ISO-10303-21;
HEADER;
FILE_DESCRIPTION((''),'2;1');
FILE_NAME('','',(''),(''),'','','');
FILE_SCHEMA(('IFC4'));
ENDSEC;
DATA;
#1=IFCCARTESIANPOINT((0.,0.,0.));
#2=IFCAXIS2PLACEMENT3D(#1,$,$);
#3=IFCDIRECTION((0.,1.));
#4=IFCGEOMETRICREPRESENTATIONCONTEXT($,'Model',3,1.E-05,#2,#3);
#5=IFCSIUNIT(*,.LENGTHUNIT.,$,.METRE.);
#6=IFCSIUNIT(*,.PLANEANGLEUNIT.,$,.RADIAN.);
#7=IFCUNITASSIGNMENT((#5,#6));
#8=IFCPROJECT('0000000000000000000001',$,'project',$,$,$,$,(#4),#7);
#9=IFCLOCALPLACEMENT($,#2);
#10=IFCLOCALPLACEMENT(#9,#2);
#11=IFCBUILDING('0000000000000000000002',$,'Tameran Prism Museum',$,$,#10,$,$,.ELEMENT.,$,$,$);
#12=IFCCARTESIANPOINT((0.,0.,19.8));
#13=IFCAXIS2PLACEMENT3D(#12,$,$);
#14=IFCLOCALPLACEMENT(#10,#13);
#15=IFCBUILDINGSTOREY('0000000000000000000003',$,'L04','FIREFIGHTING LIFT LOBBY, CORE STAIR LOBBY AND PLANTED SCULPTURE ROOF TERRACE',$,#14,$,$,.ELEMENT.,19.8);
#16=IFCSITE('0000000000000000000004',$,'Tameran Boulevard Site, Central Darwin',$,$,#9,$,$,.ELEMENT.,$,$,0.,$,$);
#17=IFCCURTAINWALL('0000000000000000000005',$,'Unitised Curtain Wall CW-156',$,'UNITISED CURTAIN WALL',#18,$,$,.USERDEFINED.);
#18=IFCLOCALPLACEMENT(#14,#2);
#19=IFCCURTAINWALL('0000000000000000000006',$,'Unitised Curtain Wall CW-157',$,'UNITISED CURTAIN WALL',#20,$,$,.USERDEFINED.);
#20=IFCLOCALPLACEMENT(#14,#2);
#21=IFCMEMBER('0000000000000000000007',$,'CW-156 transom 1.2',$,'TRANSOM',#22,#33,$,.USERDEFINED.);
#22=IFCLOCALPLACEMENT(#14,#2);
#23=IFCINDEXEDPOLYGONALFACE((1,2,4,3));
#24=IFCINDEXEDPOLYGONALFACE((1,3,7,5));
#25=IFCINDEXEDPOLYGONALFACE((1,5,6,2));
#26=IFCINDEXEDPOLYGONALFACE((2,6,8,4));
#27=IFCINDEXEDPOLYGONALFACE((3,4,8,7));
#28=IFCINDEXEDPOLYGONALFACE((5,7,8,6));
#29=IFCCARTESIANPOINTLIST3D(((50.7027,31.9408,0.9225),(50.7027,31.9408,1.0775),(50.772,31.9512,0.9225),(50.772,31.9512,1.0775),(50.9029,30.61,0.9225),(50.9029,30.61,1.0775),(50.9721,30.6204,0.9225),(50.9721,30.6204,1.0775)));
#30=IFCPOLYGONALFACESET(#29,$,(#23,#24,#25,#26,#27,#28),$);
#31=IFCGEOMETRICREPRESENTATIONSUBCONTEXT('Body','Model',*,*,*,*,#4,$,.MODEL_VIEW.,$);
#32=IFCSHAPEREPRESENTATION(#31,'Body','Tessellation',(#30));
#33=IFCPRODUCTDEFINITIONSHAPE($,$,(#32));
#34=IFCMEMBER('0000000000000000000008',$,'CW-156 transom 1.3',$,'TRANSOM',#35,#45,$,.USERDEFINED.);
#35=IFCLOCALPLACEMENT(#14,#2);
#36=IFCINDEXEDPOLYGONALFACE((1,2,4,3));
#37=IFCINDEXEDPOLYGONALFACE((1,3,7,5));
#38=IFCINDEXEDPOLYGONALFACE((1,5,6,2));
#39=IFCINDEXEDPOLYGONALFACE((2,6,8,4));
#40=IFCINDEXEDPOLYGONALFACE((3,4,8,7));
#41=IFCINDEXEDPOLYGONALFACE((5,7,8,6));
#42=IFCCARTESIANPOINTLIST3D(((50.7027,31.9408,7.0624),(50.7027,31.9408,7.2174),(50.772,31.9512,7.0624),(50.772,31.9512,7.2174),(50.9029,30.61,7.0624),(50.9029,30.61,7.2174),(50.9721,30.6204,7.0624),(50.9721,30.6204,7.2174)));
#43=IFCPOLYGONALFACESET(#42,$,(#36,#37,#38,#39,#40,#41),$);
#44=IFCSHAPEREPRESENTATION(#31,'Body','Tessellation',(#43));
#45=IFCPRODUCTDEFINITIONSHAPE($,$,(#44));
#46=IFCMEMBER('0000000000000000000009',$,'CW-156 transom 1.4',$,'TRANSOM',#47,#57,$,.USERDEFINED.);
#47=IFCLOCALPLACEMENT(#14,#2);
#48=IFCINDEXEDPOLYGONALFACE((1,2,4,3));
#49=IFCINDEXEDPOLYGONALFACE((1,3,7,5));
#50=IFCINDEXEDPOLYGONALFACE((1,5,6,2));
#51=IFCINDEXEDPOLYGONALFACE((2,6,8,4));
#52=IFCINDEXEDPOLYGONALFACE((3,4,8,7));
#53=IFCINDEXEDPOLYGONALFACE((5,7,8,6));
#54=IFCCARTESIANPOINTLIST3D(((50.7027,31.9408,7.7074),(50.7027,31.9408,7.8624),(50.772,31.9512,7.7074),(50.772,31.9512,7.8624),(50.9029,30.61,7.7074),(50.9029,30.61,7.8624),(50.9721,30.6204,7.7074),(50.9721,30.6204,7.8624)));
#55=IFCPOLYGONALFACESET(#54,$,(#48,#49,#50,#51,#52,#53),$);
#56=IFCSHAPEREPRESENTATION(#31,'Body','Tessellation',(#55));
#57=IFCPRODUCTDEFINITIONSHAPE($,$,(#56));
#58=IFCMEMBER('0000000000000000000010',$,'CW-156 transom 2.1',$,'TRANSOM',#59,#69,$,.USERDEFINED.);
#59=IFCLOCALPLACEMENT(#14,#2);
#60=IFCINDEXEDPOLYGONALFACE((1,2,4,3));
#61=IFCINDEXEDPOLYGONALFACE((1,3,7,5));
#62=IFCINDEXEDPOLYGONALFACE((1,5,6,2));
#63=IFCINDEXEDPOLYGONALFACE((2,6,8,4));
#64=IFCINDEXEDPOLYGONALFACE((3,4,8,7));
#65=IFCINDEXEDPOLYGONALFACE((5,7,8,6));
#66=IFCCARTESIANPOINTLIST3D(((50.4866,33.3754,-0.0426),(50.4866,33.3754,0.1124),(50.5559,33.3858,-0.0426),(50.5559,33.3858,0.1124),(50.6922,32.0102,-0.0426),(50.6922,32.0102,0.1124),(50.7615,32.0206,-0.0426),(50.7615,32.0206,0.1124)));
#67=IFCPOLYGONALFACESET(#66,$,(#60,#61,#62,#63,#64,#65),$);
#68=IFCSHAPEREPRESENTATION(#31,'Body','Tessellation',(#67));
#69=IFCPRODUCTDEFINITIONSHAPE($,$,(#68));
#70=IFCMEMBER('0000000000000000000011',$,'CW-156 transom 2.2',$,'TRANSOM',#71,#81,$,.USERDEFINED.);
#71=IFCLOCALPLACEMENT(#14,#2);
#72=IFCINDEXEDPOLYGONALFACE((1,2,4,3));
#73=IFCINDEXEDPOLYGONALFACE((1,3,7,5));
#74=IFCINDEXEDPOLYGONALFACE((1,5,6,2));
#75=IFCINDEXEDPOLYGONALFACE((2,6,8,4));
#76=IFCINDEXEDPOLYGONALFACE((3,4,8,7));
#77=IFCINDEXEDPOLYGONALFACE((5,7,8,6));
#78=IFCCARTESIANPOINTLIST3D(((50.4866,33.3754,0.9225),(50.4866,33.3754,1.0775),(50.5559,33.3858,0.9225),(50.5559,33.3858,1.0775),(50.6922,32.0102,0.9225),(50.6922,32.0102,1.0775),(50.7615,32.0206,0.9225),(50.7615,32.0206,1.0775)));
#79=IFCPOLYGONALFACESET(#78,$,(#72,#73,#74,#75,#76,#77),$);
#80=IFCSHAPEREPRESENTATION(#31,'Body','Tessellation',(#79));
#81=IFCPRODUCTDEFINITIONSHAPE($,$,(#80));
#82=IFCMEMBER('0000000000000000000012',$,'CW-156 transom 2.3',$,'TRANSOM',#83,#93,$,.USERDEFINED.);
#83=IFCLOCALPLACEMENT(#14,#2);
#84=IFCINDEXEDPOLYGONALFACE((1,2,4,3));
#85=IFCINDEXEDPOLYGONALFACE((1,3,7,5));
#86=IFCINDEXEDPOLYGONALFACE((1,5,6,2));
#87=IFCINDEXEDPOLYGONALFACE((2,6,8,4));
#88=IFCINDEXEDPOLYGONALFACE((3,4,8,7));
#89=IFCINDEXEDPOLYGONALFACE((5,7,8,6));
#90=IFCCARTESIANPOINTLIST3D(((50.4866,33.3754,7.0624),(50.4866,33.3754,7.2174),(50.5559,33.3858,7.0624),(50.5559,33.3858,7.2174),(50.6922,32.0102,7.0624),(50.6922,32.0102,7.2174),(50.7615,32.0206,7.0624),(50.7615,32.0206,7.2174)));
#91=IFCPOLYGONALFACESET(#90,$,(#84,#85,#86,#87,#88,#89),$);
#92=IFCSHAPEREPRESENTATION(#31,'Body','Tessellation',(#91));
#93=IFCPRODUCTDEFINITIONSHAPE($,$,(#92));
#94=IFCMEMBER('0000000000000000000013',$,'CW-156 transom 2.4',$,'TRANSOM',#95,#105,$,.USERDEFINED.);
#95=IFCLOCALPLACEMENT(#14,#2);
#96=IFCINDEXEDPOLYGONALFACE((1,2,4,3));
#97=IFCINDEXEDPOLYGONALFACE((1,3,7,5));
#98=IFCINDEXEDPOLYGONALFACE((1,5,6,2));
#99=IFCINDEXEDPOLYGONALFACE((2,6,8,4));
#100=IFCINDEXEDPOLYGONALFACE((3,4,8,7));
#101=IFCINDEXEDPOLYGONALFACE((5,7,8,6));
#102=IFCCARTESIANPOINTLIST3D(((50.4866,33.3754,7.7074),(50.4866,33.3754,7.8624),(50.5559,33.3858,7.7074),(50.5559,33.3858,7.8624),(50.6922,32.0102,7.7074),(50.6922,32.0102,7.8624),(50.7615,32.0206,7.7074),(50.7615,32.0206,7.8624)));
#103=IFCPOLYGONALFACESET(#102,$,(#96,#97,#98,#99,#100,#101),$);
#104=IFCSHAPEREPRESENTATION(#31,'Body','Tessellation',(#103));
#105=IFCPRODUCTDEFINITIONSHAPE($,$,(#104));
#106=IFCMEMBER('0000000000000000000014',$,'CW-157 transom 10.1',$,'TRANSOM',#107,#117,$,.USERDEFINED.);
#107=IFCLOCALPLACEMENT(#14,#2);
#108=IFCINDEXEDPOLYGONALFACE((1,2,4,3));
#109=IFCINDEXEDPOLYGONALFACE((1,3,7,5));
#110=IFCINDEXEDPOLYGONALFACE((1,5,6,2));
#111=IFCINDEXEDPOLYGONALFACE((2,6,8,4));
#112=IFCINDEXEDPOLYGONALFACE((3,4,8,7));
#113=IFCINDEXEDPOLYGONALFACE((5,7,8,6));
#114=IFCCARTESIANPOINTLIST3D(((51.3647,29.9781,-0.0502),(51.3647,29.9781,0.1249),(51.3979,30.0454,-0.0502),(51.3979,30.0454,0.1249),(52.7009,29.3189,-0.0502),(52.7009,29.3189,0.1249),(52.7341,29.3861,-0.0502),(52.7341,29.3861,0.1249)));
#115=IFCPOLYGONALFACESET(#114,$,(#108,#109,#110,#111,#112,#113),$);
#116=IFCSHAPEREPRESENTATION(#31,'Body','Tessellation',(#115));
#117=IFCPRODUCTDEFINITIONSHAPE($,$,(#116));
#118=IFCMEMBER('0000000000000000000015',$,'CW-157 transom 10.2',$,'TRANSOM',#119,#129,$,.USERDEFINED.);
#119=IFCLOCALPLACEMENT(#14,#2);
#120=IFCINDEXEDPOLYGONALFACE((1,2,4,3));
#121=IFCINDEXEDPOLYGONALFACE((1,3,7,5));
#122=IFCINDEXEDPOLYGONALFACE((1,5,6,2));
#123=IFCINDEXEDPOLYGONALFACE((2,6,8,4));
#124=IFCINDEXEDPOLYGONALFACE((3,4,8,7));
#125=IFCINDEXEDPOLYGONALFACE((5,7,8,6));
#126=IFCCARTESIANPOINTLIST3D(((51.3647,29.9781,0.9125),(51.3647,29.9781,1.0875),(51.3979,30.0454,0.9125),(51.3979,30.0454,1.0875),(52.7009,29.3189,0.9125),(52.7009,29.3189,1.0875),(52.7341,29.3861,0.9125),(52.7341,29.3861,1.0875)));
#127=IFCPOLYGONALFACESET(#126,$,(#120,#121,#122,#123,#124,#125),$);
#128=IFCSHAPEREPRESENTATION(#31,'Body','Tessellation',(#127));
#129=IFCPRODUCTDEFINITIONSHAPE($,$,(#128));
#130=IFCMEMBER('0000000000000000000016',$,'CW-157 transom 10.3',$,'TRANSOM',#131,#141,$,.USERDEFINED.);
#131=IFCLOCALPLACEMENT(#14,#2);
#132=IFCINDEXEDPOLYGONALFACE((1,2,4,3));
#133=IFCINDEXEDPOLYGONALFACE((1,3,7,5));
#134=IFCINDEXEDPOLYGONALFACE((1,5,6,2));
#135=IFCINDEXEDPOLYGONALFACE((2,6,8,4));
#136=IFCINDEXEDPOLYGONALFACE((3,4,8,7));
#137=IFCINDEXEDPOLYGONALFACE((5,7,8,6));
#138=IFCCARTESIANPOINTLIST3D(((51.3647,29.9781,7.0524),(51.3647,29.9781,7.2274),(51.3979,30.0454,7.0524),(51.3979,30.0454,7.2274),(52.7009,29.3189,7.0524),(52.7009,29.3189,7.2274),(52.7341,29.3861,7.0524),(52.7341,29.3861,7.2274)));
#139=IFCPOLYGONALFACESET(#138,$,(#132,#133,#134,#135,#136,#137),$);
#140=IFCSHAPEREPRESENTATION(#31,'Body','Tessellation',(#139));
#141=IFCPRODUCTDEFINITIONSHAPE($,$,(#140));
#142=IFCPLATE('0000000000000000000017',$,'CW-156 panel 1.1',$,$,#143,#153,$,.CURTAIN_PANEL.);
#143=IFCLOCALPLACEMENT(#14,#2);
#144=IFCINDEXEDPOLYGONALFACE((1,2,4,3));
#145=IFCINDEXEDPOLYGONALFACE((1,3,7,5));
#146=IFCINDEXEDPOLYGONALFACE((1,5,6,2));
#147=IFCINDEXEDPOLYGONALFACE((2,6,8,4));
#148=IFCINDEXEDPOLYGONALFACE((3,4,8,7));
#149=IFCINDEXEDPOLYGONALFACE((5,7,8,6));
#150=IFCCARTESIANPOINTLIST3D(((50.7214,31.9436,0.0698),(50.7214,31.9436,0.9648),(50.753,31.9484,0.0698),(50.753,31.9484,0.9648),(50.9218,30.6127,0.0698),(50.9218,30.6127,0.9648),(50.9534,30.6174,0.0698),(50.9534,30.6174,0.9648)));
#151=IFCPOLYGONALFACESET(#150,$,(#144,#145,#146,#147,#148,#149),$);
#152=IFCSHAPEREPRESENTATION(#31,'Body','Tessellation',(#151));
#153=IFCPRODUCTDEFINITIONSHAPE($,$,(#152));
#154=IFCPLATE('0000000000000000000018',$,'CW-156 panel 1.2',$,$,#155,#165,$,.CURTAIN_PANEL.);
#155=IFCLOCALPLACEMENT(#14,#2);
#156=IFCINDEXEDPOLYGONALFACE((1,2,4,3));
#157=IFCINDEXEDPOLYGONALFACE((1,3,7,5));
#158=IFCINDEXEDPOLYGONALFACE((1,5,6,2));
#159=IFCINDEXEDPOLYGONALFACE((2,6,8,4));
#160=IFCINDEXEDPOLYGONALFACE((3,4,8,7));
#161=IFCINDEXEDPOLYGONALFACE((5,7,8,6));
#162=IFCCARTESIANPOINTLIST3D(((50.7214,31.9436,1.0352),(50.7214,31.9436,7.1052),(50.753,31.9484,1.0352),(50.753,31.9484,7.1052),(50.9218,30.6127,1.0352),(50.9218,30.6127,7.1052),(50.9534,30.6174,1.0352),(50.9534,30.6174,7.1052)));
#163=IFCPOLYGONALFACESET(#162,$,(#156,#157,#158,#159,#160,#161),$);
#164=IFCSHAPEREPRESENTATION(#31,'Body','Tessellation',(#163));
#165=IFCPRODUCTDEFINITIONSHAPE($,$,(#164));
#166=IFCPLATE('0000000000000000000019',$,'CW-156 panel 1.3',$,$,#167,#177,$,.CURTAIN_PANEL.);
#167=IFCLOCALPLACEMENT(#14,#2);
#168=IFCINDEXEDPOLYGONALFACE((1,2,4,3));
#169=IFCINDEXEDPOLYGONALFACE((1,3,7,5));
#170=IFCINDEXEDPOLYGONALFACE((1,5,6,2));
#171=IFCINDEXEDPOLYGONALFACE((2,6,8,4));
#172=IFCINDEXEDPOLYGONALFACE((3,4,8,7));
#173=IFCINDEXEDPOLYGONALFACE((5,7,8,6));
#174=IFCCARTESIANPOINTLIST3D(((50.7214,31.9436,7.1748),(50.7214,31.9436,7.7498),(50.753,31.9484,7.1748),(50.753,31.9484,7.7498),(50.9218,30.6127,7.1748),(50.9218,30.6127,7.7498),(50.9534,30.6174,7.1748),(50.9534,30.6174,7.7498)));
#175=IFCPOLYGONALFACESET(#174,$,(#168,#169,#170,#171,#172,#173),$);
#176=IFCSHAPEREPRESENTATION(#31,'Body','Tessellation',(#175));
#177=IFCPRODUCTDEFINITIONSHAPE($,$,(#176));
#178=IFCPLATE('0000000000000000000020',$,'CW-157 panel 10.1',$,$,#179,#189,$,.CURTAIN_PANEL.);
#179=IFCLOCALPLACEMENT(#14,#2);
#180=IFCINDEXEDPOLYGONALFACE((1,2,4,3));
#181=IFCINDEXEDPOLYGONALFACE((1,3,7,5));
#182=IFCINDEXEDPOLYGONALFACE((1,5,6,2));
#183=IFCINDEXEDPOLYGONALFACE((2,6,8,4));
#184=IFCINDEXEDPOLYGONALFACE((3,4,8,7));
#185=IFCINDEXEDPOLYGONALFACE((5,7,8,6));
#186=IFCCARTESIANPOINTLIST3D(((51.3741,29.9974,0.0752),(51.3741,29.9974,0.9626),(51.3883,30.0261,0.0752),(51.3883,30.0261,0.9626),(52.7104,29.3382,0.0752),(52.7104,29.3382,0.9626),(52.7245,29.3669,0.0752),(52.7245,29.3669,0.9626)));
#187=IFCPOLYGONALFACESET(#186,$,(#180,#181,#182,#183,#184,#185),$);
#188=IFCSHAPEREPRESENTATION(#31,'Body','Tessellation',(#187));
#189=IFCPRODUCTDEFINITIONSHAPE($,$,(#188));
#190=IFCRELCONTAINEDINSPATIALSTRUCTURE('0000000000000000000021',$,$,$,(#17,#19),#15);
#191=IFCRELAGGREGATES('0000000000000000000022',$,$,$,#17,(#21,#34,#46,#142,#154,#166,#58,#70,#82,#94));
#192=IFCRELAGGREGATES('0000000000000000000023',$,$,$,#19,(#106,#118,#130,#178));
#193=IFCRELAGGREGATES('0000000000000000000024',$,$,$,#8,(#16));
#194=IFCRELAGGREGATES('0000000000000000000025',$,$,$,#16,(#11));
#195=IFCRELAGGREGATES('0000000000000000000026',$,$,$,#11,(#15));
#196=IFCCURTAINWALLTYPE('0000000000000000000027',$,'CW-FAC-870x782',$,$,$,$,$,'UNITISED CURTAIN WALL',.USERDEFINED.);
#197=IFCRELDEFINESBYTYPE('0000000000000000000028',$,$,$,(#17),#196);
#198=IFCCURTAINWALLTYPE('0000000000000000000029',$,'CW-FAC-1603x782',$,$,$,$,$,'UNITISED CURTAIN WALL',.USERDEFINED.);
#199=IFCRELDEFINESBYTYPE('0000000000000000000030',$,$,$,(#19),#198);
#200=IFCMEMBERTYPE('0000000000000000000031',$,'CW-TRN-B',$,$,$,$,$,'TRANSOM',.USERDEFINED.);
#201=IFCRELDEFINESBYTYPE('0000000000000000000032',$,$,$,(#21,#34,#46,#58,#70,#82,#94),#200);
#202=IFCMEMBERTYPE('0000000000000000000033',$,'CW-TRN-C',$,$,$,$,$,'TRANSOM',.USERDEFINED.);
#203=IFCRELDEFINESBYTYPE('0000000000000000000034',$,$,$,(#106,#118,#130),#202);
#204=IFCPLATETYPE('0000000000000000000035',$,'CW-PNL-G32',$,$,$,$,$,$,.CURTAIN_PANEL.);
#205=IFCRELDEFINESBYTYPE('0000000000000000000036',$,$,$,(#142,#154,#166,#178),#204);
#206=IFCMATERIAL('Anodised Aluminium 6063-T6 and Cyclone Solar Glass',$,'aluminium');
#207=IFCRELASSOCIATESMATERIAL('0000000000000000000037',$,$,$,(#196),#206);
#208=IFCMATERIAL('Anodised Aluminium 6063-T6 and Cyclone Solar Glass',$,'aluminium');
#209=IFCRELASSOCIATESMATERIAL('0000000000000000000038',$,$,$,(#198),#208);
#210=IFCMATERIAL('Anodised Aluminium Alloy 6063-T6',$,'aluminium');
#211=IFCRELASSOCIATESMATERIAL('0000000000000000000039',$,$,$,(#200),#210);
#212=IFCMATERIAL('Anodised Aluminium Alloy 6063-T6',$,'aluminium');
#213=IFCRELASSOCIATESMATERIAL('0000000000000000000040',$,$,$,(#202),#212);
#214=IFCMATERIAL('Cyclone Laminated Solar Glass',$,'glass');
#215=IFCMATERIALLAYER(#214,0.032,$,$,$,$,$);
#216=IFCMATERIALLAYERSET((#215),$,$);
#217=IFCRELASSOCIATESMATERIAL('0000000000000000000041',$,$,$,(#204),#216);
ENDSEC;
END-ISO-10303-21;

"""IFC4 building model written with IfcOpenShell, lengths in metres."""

from ifc_helpers import new_model, si_unit, direction, frame, origin, origin_2d, place, context, subcontext, project, spatial, rectangle, extrude, material, layer, layer_set, material_profile, profile_set, type_object, element, aggregate, save


model = new_model("IFC4")

# Units and contexts
model_context = context("Model", 3, precision=1e-05, world=origin(), true_north=direction((0.0, 1.0)))
body_context = subcontext(model_context, "Body", "Model", "MODEL_VIEW")
ifc_project = project(units=[si_unit("LENGTHUNIT", "METRE"), si_unit("PLANEANGLEUNIT", "RADIAN")], contexts=[model_context])

# Site, building, storey
site_placement = place(None, origin())
site = spatial("IfcSite", under=ifc_project, at=site_placement, Name="Tameran Boulevard Site, Central Darwin", CompositionType="ELEMENT", RefElevation=0.0)
building_placement = place(site_placement, origin())
building = spatial("IfcBuilding", under=site, at=building_placement, Name="Tameran Prism Museum", CompositionType="ELEMENT")
storey_placement = place(building_placement, frame((0.0, 0.0, 19.8)))
storey = spatial("IfcBuildingStorey", under=building, at=storey_placement, Name="L04", Description="FIREFIGHTING LIFT LOBBY, CORE STAIR LOBBY AND PLANTED SCULPTURE ROOF TERRACE", CompositionType="ELEMENT", Elevation=19.8)

# Curtain wall
ifc_material_1 = material(Name="Anodised Aluminium 6063-T6 and Cyclone Solar Glass", Category="aluminium")
curtain_wall_type_1 = type_object("IfcCurtainWallType", Name="CW-FAC-870x782", ElementType="UNITISED CURTAIN WALL", PredefinedType="USERDEFINED", material=ifc_material_1)
curtain_wall_1_placement = place(storey_placement, origin())
curtain_wall_1 = element("IfcCurtainWall", 1, at=curtain_wall_1_placement, inside=storey, type_object=curtain_wall_type_1, Name="Unitised Curtain Wall CW-156", ObjectType="UNITISED CURTAIN WALL", PredefinedType="USERDEFINED")

# Curtain wall
ifc_material_2 = material(Name="Anodised Aluminium 6063-T6 and Cyclone Solar Glass", Category="aluminium")
curtain_wall_type_2 = type_object("IfcCurtainWallType", Name="CW-FAC-1603x782", ElementType="UNITISED CURTAIN WALL", PredefinedType="USERDEFINED", material=ifc_material_2)
curtain_wall_2_placement = place(storey_placement, origin())
curtain_wall_2 = element("IfcCurtainWall", 2, at=curtain_wall_2_placement, inside=storey, type_object=curtain_wall_type_2, Name="Unitised Curtain Wall CW-157", ObjectType="UNITISED CURTAIN WALL", PredefinedType="USERDEFINED")

# Members
ifc_material_3 = material(Name="Anodised Aluminium Alloy 6063-T6", Category="aluminium")
ifc_material_profile_1 = material_profile(ifc_material_3, rectangle(XDim=0.0701, YDim=0.155, at=origin_2d()))
ifc_profile_set_1 = profile_set([ifc_material_profile_1])
member_type_1 = type_object("IfcMemberType", Name="CW-TRN-B", ElementType="TRANSOM", PredefinedType="USERDEFINED", material=ifc_profile_set_1)
member_1_placement = place(storey_placement, frame((50.9375, 30.6152, 1.0), z_axis=(-0.148757, 0.988874, 0.0), x_axis=(-0.988874, -0.148757, 0.0)))
member_1 = element("IfcMember", 3, at=member_1_placement, type_object=member_type_1, Name="CW-156 transom 1.2", ObjectType="TRANSOM", PredefinedType="USERDEFINED", context=body_context, shape_type="SweptSolid", body=[
    extrude(rectangle(XDim=0.0701, YDim=0.155, at=origin_2d()), origin(), (0.0, 0.0, 1.0), 1.3457),
])
member_2_placement = place(storey_placement, frame((50.9375, 30.6152, 7.1399), z_axis=(-0.148757, 0.988874, 0.0), x_axis=(-0.988874, -0.148757, 0.0)))
member_2 = element("IfcMember", 4, at=member_2_placement, type_object=member_type_1, Name="CW-156 transom 1.3", ObjectType="TRANSOM", PredefinedType="USERDEFINED", context=body_context, shape_type="SweptSolid", body=[
    extrude(rectangle(XDim=0.0701, YDim=0.155, at=origin_2d()), origin(), (0.0, 0.0, 1.0), 1.3457),
])
member_3_placement = place(storey_placement, frame((50.9375, 30.6152, 7.7849), z_axis=(-0.148757, 0.988874, 0.0), x_axis=(-0.988874, -0.148757, 0.0)))
member_3 = element("IfcMember", 5, at=member_3_placement, type_object=member_type_1, Name="CW-156 transom 1.4", ObjectType="TRANSOM", PredefinedType="USERDEFINED", context=body_context, shape_type="SweptSolid", body=[
    extrude(rectangle(XDim=0.0701, YDim=0.155, at=origin_2d()), origin(), (0.0, 0.0, 1.0), 1.3457),
])
member_4_placement = place(storey_placement, frame((50.7268, 32.0154, 0.0349), z_axis=(-0.148894, 0.988853, 0.0), x_axis=(-0.988853, -0.148894, 0.0)))
member_4 = element("IfcMember", 6, at=member_4_placement, type_object=member_type_1, Name="CW-156 transom 2.1", ObjectType="TRANSOM", PredefinedType="USERDEFINED", context=body_context, shape_type="SweptSolid", body=[
    extrude(rectangle(XDim=0.0701, YDim=0.155, at=origin_2d()), origin(), (0.0, 0.0, 1.0), 1.3806),
])
member_5_placement = place(storey_placement, frame((50.7268, 32.0154, 1.0), z_axis=(-0.148894, 0.988853, 0.0), x_axis=(-0.988853, -0.148894, 0.0)))
member_5 = element("IfcMember", 7, at=member_5_placement, type_object=member_type_1, Name="CW-156 transom 2.2", ObjectType="TRANSOM", PredefinedType="USERDEFINED", context=body_context, shape_type="SweptSolid", body=[
    extrude(rectangle(XDim=0.0701, YDim=0.155, at=origin_2d()), origin(), (0.0, 0.0, 1.0), 1.3806),
])
member_6_placement = place(storey_placement, frame((50.7268, 32.0154, 7.1399), z_axis=(-0.148894, 0.988853, 0.0), x_axis=(-0.988853, -0.148894, 0.0)))
member_6 = element("IfcMember", 8, at=member_6_placement, type_object=member_type_1, Name="CW-156 transom 2.3", ObjectType="TRANSOM", PredefinedType="USERDEFINED", context=body_context, shape_type="SweptSolid", body=[
    extrude(rectangle(XDim=0.0701, YDim=0.155, at=origin_2d()), origin(), (0.0, 0.0, 1.0), 1.3806),
])
member_7_placement = place(storey_placement, frame((50.7268, 32.0154, 7.7849), z_axis=(-0.148894, 0.988853, 0.0), x_axis=(-0.988853, -0.148894, 0.0)))
member_7 = element("IfcMember", 9, at=member_7_placement, type_object=member_type_1, Name="CW-156 transom 2.4", ObjectType="TRANSOM", PredefinedType="USERDEFINED", context=body_context, shape_type="SweptSolid", body=[
    extrude(rectangle(XDim=0.0701, YDim=0.155, at=origin_2d()), origin(), (0.0, 0.0, 1.0), 1.3806),
])
ifc_material_4 = material(Name="Anodised Aluminium Alloy 6063-T6", Category="aluminium")
ifc_material_profile_2 = material_profile(ifc_material_4, rectangle(XDim=0.075, YDim=0.175, at=origin_2d()))
ifc_profile_set_2 = profile_set([ifc_material_profile_2])
member_type_2 = type_object("IfcMemberType", Name="CW-TRN-C", ElementType="TRANSOM", PredefinedType="USERDEFINED", material=ifc_profile_set_2)
member_8_placement = place(storey_placement, frame((52.7175, 29.3525, 0.0374), z_axis=(-0.896807, 0.442422, 0.0), x_axis=(-0.442422, -0.896807, 0.0)))
member_8 = element("IfcMember", 10, at=member_8_placement, type_object=member_type_2, Name="CW-157 transom 10.1", ObjectType="TRANSOM", PredefinedType="USERDEFINED", context=body_context, shape_type="SweptSolid", body=[
    extrude(rectangle(XDim=0.075, YDim=0.175, at=origin_2d()), origin(), (0.0, 0.0, 1.0), 1.49),
])
member_9_placement = place(storey_placement, frame((52.7175, 29.3525, 1.0), z_axis=(-0.896807, 0.442422, 0.0), x_axis=(-0.442422, -0.896807, 0.0)))
member_9 = element("IfcMember", 11, at=member_9_placement, type_object=member_type_2, Name="CW-157 transom 10.2", ObjectType="TRANSOM", PredefinedType="USERDEFINED", context=body_context, shape_type="SweptSolid", body=[
    extrude(rectangle(XDim=0.075, YDim=0.175, at=origin_2d()), origin(), (0.0, 0.0, 1.0), 1.49),
])
member_10_placement = place(storey_placement, frame((52.7175, 29.3525, 7.1399), z_axis=(-0.896807, 0.442422, 0.0), x_axis=(-0.442422, -0.896807, 0.0)))
member_10 = element("IfcMember", 12, at=member_10_placement, type_object=member_type_2, Name="CW-157 transom 10.3", ObjectType="TRANSOM", PredefinedType="USERDEFINED", context=body_context, shape_type="SweptSolid", body=[
    extrude(rectangle(XDim=0.075, YDim=0.175, at=origin_2d()), origin(), (0.0, 0.0, 1.0), 1.49),
])

# Plates
ifc_material_5 = material(Name="Cyclone Laminated Solar Glass", Category="glass")
ifc_layer_1 = layer(ifc_material_5, 0.032)
ifc_layer_set_1 = layer_set([ifc_layer_1])
plate_type = type_object("IfcPlateType", Name="CW-PNL-G32", PredefinedType="CURTAIN_PANEL", material=ifc_layer_set_1)
plate_1_placement = place(storey_placement, frame((50.8374, 31.2805, 0.0698), z_axis=(0.0, 0.0, 1.0), x_axis=(-0.14888, 0.988855, 0.0)))
plate_1 = element("IfcPlate", 13, at=plate_1_placement, type_object=plate_type, Name="CW-156 panel 1.1", PredefinedType="CURTAIN_PANEL", context=body_context, shape_type="SweptSolid", body=[
    extrude(rectangle(XDim=1.3459, YDim=0.032, at=origin_2d()), origin(), (0.0, 0.0, 1.0), 0.895),
])
plate_2_placement = place(storey_placement, frame((50.8374, 31.2805, 1.0352), z_axis=(0.0, 0.0, 1.0), x_axis=(-0.14888, 0.988855, 0.0)))
plate_2 = element("IfcPlate", 14, at=plate_2_placement, type_object=plate_type, Name="CW-156 panel 1.2", PredefinedType="CURTAIN_PANEL", context=body_context, shape_type="SweptSolid", body=[
    extrude(rectangle(XDim=1.3459, YDim=0.032, at=origin_2d()), origin(), (0.0, 0.0, 1.0), 6.0701),
])
plate_3_placement = place(storey_placement, frame((50.8374, 31.2805, 7.1748), z_axis=(0.0, 0.0, 1.0), x_axis=(-0.14888, 0.988855, 0.0)))
plate_3 = element("IfcPlate", 15, at=plate_3_placement, type_object=plate_type, Name="CW-156 panel 1.3", PredefinedType="CURTAIN_PANEL", context=body_context, shape_type="SweptSolid", body=[
    extrude(rectangle(XDim=1.3459, YDim=0.032, at=origin_2d()), origin(), (0.0, 0.0, 1.0), 0.575),
])
aggregate(curtain_wall_1, [member_1, member_2, member_3, plate_1, plate_2, plate_3, member_4, member_5, member_6, member_7])
plate_4_placement = place(storey_placement, frame((52.0493, 29.6821, 0.0752), z_axis=(0.0, 0.0, 1.0), x_axis=(-0.896811, 0.442415, 0.0)))
plate_4 = element("IfcPlate", 16, at=plate_4_placement, type_object=plate_type, Name="CW-157 panel 10.1", PredefinedType="CURTAIN_PANEL", context=body_context, shape_type="SweptSolid", body=[
    extrude(rectangle(XDim=1.49, YDim=0.032, at=origin_2d()), origin(), (0.0, 0.0, 1.0), 0.8875),
])
aggregate(curtain_wall_2, [member_8, member_9, member_10, plate_4])

save(model, "model.ifc")
